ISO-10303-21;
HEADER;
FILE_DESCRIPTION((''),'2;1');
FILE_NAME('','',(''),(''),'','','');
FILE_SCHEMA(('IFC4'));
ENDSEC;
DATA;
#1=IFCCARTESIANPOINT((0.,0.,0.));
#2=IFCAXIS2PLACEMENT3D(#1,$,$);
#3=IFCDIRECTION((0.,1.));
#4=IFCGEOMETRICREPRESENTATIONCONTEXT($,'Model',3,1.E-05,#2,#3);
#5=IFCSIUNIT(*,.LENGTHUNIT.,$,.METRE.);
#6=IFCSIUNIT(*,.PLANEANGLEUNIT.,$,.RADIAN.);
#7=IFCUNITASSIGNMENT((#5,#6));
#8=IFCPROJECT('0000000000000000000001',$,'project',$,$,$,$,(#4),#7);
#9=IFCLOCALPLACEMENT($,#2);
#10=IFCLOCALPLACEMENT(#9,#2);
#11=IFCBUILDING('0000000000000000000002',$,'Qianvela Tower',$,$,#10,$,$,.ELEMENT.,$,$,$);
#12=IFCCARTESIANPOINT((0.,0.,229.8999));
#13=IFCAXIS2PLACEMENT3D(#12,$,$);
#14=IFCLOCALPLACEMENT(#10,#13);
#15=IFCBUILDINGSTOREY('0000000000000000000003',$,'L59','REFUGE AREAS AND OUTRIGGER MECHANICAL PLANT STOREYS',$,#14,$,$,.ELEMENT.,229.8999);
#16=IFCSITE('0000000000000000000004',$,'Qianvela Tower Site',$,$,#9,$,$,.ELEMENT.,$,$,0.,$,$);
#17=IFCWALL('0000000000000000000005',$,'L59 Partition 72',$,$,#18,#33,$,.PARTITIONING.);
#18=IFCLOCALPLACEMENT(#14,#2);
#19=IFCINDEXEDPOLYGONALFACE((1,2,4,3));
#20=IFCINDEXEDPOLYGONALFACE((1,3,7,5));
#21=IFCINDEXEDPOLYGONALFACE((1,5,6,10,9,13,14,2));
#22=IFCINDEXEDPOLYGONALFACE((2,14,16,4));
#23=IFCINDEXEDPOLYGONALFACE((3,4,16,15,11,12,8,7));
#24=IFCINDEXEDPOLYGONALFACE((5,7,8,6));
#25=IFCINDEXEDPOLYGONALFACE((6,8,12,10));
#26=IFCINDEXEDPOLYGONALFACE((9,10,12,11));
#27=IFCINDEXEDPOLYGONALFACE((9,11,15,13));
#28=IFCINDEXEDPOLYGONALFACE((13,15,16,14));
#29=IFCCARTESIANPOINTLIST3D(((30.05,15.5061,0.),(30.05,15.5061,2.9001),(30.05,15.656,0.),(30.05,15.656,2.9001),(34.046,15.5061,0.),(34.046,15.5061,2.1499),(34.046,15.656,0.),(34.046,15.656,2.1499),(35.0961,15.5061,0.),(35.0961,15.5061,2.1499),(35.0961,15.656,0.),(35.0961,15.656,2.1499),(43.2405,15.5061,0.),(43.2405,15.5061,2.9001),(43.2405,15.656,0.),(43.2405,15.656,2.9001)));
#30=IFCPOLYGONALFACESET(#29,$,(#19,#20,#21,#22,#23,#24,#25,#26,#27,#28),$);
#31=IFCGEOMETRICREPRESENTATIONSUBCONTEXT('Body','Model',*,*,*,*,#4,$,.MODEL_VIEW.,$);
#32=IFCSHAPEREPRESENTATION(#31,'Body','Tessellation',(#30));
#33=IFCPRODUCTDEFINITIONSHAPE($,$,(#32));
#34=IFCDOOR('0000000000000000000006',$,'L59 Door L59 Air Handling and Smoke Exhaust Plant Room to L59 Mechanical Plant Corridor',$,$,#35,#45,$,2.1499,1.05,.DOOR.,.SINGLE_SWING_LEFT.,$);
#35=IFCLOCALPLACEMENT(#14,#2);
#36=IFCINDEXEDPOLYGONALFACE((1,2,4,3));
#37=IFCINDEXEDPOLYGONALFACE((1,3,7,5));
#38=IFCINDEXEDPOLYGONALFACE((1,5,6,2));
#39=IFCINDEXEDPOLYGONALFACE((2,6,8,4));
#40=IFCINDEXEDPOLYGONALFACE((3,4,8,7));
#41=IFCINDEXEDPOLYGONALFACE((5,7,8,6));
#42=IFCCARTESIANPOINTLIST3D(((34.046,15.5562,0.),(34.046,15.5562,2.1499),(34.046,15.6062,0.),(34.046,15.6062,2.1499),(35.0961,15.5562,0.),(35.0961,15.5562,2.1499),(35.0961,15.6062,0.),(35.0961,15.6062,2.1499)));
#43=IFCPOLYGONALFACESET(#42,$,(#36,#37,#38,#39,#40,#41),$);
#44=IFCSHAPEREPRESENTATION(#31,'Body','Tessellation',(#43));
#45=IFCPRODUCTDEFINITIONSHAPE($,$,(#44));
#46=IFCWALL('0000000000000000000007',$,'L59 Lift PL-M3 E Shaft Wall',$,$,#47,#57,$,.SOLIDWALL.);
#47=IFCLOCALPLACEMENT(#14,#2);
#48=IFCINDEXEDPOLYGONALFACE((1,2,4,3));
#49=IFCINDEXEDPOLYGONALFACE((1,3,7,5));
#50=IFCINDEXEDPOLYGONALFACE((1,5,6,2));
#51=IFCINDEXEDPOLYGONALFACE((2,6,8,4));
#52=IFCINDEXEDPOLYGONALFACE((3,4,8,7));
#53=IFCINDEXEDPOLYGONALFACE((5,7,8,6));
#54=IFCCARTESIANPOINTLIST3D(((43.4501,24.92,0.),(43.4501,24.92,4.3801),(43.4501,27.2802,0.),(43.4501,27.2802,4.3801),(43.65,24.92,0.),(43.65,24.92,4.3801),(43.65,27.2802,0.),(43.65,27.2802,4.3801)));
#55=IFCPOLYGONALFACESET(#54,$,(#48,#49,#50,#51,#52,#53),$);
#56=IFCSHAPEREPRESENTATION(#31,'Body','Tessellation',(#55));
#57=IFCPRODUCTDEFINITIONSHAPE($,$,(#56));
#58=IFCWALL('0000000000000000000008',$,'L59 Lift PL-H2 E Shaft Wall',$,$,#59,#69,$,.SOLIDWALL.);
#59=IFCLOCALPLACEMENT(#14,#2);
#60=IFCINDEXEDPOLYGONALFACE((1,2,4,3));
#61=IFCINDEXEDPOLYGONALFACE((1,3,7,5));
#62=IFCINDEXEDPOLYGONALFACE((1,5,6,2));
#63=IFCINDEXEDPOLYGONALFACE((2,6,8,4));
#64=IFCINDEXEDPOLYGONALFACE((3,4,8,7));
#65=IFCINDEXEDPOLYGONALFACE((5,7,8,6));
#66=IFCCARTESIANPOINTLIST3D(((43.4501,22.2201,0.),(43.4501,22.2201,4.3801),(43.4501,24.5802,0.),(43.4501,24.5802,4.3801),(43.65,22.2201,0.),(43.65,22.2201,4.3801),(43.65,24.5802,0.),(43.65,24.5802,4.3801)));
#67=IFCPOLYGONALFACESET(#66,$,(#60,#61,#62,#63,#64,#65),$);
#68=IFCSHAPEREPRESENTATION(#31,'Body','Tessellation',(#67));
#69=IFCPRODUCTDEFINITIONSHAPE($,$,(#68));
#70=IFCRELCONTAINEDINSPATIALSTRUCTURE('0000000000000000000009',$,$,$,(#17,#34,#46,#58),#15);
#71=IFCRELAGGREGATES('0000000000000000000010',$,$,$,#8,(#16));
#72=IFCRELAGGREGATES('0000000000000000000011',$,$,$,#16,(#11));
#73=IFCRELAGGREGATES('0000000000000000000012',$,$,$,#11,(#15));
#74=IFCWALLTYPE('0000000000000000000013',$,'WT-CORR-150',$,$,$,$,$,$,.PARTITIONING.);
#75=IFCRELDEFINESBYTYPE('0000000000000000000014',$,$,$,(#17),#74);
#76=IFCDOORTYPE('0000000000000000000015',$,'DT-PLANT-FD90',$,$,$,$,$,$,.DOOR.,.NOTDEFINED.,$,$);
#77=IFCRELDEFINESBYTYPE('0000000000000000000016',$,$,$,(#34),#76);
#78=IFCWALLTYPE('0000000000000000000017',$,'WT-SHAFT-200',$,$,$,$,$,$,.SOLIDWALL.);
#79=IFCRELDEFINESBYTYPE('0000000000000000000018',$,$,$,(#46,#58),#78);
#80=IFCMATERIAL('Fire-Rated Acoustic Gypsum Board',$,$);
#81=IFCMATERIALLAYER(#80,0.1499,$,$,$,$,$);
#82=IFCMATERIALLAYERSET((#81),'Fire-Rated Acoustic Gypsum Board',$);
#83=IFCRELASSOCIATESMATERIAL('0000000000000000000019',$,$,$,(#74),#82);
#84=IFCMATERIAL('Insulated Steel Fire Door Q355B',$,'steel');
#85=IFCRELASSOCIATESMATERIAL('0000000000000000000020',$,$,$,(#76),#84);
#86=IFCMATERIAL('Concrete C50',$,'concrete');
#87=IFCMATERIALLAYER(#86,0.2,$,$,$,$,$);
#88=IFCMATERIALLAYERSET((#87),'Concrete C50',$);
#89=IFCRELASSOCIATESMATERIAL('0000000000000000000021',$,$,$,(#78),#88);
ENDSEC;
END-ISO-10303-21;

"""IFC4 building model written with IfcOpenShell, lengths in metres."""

from ifc_helpers import new_model, si_unit, direction, frame, frame_2d, origin, place, context, subcontext, project, spatial, rectangle, extrude, material, layer, layer_set, type_object, element, fill, save


model = new_model("IFC4")

# Units and contexts
model_context = context("Model", 3, precision=1e-05, world=origin(), true_north=direction((0.0, 1.0)))
body_context = subcontext(model_context, "Body", "Model", "MODEL_VIEW")
ifc_project = project(units=[si_unit("LENGTHUNIT", "METRE"), si_unit("PLANEANGLEUNIT", "RADIAN")], contexts=[model_context])

# Site, building, storey
site_placement = place(None, origin())
site = spatial("IfcSite", under=ifc_project, at=site_placement, Name="Qianvela Tower Site", CompositionType="ELEMENT", RefElevation=0.0)
building_placement = place(site_placement, origin())
building = spatial("IfcBuilding", under=site, at=building_placement, Name="Qianvela Tower", CompositionType="ELEMENT")
storey_placement = place(building_placement, frame((0.0, 0.0, 229.8999)))
storey = spatial("IfcBuildingStorey", under=building, at=storey_placement, Name="L59", Description="REFUGE AREAS AND OUTRIGGER MECHANICAL PLANT STOREYS", CompositionType="ELEMENT", Elevation=229.8999)

# Shared definitions
ifc_material_1 = material(Name="Fire-Rated Acoustic Gypsum Board")
ifc_layer_1 = layer(ifc_material_1, 0.1499)
ifc_layer_set_1 = layer_set([ifc_layer_1], Name="Fire-Rated Acoustic Gypsum Board")
wall_type_1 = type_object("IfcWallType", Name="WT-CORR-150", PredefinedType="PARTITIONING", material=ifc_layer_set_1)
ifc_material_2 = material(Name="Insulated Steel Fire Door Q355B", Category="steel")
door_type_1 = type_object("IfcDoorType", Name="DT-PLANT-FD90", OperationType="NOTDEFINED", PredefinedType="DOOR", material=ifc_material_2)

# Wall, opening, door
wall_1_placement = place(storey_placement, frame((43.2405, 15.5811, 0.0), z_axis=(0.0, 0.0, 1.0), x_axis=(-1.0, 0.0, 0.0)))
wall_1 = element("IfcWall", 1, at=wall_1_placement, inside=storey, type_object=wall_type_1, Name="L59 Partition 72", PredefinedType="PARTITIONING", context=body_context, shape_type="SweptSolid", body=[
    extrude(rectangle(XDim=13.1904, YDim=0.1499, at=frame_2d((6.5952, 0.0))), origin(), (0.0, 0.0, 1.0), 2.9001),
])
opening_1_placement = place(wall_1_placement, frame((8.1445, 0.0, 0.0)))
opening_1 = element("IfcOpeningElement", 2, at=opening_1_placement, cuts=wall_1, PredefinedType="OPENING", context=body_context, shape_type="SweptSolid", body=[
    extrude(rectangle(XDim=1.05, YDim=2.1499, at=frame_2d((0.5249, 1.075))), frame((0.0, 0.085, 0.0), z_axis=(0.0, -1.0, 0.0), x_axis=(1.0, 0.0, 0.0)), (0.0, 0.0, 1.0), 0.1699),
])
door_1_placement = place(opening_1_placement, origin())
door_1 = element("IfcDoor", 3, at=door_1_placement, inside=storey, type_object=door_type_1, Name="L59 Door L59 Air Handling and Smoke Exhaust Plant Room to L59 Mechanical Plant Corridor", OperationType="SINGLE_SWING_LEFT", OverallHeight=2.1499, OverallWidth=1.05, PredefinedType="DOOR", context=body_context, shape_type="SweptSolid", body=[
    extrude(rectangle(XDim=1.05, YDim=2.1499, at=frame_2d((0.5249, 1.075))), frame((0.0, 0.0249, 0.0), z_axis=(0.0, -1.0, 0.0), x_axis=(1.0, 0.0, 0.0)), (0.0, 0.0, 1.0), 0.05),
])
fill(opening_1, door_1)

# Walls
ifc_material_3 = material(Name="Concrete C50", Category="concrete")
ifc_layer_2 = layer(ifc_material_3, 0.2)
ifc_layer_set_2 = layer_set([ifc_layer_2], Name="Concrete C50")
wall_type_2 = type_object("IfcWallType", Name="WT-SHAFT-200", PredefinedType="SOLIDWALL", material=ifc_layer_set_2)
for number, where, z_axis, x_axis, name in (
    (4, (43.55, 24.9199, 0.0), (0.0, 0.0, 1.0), (0.0, 1.0, 0.0), "L59 Lift PL-M3 E Shaft Wall"),
    (5, (43.55, 22.22, 0.0), (0.0, 0.0, 1.0), (0.0, 1.0, 0.0), "L59 Lift PL-H2 E Shaft Wall"),
):
    element("IfcWall", number, at=place(storey_placement, frame(where, z_axis=z_axis, x_axis=x_axis)), inside=storey, type_object=wall_type_2, Name=name, PredefinedType="SOLIDWALL", context=body_context, shape_type="SweptSolid", body=[
        extrude(rectangle(XDim=2.3601, YDim=0.2, at=frame_2d((1.1802, 0.0))), origin(), (0.0, 0.0, 1.0), 4.3801),
    ])

save(model, "model.ifc")
